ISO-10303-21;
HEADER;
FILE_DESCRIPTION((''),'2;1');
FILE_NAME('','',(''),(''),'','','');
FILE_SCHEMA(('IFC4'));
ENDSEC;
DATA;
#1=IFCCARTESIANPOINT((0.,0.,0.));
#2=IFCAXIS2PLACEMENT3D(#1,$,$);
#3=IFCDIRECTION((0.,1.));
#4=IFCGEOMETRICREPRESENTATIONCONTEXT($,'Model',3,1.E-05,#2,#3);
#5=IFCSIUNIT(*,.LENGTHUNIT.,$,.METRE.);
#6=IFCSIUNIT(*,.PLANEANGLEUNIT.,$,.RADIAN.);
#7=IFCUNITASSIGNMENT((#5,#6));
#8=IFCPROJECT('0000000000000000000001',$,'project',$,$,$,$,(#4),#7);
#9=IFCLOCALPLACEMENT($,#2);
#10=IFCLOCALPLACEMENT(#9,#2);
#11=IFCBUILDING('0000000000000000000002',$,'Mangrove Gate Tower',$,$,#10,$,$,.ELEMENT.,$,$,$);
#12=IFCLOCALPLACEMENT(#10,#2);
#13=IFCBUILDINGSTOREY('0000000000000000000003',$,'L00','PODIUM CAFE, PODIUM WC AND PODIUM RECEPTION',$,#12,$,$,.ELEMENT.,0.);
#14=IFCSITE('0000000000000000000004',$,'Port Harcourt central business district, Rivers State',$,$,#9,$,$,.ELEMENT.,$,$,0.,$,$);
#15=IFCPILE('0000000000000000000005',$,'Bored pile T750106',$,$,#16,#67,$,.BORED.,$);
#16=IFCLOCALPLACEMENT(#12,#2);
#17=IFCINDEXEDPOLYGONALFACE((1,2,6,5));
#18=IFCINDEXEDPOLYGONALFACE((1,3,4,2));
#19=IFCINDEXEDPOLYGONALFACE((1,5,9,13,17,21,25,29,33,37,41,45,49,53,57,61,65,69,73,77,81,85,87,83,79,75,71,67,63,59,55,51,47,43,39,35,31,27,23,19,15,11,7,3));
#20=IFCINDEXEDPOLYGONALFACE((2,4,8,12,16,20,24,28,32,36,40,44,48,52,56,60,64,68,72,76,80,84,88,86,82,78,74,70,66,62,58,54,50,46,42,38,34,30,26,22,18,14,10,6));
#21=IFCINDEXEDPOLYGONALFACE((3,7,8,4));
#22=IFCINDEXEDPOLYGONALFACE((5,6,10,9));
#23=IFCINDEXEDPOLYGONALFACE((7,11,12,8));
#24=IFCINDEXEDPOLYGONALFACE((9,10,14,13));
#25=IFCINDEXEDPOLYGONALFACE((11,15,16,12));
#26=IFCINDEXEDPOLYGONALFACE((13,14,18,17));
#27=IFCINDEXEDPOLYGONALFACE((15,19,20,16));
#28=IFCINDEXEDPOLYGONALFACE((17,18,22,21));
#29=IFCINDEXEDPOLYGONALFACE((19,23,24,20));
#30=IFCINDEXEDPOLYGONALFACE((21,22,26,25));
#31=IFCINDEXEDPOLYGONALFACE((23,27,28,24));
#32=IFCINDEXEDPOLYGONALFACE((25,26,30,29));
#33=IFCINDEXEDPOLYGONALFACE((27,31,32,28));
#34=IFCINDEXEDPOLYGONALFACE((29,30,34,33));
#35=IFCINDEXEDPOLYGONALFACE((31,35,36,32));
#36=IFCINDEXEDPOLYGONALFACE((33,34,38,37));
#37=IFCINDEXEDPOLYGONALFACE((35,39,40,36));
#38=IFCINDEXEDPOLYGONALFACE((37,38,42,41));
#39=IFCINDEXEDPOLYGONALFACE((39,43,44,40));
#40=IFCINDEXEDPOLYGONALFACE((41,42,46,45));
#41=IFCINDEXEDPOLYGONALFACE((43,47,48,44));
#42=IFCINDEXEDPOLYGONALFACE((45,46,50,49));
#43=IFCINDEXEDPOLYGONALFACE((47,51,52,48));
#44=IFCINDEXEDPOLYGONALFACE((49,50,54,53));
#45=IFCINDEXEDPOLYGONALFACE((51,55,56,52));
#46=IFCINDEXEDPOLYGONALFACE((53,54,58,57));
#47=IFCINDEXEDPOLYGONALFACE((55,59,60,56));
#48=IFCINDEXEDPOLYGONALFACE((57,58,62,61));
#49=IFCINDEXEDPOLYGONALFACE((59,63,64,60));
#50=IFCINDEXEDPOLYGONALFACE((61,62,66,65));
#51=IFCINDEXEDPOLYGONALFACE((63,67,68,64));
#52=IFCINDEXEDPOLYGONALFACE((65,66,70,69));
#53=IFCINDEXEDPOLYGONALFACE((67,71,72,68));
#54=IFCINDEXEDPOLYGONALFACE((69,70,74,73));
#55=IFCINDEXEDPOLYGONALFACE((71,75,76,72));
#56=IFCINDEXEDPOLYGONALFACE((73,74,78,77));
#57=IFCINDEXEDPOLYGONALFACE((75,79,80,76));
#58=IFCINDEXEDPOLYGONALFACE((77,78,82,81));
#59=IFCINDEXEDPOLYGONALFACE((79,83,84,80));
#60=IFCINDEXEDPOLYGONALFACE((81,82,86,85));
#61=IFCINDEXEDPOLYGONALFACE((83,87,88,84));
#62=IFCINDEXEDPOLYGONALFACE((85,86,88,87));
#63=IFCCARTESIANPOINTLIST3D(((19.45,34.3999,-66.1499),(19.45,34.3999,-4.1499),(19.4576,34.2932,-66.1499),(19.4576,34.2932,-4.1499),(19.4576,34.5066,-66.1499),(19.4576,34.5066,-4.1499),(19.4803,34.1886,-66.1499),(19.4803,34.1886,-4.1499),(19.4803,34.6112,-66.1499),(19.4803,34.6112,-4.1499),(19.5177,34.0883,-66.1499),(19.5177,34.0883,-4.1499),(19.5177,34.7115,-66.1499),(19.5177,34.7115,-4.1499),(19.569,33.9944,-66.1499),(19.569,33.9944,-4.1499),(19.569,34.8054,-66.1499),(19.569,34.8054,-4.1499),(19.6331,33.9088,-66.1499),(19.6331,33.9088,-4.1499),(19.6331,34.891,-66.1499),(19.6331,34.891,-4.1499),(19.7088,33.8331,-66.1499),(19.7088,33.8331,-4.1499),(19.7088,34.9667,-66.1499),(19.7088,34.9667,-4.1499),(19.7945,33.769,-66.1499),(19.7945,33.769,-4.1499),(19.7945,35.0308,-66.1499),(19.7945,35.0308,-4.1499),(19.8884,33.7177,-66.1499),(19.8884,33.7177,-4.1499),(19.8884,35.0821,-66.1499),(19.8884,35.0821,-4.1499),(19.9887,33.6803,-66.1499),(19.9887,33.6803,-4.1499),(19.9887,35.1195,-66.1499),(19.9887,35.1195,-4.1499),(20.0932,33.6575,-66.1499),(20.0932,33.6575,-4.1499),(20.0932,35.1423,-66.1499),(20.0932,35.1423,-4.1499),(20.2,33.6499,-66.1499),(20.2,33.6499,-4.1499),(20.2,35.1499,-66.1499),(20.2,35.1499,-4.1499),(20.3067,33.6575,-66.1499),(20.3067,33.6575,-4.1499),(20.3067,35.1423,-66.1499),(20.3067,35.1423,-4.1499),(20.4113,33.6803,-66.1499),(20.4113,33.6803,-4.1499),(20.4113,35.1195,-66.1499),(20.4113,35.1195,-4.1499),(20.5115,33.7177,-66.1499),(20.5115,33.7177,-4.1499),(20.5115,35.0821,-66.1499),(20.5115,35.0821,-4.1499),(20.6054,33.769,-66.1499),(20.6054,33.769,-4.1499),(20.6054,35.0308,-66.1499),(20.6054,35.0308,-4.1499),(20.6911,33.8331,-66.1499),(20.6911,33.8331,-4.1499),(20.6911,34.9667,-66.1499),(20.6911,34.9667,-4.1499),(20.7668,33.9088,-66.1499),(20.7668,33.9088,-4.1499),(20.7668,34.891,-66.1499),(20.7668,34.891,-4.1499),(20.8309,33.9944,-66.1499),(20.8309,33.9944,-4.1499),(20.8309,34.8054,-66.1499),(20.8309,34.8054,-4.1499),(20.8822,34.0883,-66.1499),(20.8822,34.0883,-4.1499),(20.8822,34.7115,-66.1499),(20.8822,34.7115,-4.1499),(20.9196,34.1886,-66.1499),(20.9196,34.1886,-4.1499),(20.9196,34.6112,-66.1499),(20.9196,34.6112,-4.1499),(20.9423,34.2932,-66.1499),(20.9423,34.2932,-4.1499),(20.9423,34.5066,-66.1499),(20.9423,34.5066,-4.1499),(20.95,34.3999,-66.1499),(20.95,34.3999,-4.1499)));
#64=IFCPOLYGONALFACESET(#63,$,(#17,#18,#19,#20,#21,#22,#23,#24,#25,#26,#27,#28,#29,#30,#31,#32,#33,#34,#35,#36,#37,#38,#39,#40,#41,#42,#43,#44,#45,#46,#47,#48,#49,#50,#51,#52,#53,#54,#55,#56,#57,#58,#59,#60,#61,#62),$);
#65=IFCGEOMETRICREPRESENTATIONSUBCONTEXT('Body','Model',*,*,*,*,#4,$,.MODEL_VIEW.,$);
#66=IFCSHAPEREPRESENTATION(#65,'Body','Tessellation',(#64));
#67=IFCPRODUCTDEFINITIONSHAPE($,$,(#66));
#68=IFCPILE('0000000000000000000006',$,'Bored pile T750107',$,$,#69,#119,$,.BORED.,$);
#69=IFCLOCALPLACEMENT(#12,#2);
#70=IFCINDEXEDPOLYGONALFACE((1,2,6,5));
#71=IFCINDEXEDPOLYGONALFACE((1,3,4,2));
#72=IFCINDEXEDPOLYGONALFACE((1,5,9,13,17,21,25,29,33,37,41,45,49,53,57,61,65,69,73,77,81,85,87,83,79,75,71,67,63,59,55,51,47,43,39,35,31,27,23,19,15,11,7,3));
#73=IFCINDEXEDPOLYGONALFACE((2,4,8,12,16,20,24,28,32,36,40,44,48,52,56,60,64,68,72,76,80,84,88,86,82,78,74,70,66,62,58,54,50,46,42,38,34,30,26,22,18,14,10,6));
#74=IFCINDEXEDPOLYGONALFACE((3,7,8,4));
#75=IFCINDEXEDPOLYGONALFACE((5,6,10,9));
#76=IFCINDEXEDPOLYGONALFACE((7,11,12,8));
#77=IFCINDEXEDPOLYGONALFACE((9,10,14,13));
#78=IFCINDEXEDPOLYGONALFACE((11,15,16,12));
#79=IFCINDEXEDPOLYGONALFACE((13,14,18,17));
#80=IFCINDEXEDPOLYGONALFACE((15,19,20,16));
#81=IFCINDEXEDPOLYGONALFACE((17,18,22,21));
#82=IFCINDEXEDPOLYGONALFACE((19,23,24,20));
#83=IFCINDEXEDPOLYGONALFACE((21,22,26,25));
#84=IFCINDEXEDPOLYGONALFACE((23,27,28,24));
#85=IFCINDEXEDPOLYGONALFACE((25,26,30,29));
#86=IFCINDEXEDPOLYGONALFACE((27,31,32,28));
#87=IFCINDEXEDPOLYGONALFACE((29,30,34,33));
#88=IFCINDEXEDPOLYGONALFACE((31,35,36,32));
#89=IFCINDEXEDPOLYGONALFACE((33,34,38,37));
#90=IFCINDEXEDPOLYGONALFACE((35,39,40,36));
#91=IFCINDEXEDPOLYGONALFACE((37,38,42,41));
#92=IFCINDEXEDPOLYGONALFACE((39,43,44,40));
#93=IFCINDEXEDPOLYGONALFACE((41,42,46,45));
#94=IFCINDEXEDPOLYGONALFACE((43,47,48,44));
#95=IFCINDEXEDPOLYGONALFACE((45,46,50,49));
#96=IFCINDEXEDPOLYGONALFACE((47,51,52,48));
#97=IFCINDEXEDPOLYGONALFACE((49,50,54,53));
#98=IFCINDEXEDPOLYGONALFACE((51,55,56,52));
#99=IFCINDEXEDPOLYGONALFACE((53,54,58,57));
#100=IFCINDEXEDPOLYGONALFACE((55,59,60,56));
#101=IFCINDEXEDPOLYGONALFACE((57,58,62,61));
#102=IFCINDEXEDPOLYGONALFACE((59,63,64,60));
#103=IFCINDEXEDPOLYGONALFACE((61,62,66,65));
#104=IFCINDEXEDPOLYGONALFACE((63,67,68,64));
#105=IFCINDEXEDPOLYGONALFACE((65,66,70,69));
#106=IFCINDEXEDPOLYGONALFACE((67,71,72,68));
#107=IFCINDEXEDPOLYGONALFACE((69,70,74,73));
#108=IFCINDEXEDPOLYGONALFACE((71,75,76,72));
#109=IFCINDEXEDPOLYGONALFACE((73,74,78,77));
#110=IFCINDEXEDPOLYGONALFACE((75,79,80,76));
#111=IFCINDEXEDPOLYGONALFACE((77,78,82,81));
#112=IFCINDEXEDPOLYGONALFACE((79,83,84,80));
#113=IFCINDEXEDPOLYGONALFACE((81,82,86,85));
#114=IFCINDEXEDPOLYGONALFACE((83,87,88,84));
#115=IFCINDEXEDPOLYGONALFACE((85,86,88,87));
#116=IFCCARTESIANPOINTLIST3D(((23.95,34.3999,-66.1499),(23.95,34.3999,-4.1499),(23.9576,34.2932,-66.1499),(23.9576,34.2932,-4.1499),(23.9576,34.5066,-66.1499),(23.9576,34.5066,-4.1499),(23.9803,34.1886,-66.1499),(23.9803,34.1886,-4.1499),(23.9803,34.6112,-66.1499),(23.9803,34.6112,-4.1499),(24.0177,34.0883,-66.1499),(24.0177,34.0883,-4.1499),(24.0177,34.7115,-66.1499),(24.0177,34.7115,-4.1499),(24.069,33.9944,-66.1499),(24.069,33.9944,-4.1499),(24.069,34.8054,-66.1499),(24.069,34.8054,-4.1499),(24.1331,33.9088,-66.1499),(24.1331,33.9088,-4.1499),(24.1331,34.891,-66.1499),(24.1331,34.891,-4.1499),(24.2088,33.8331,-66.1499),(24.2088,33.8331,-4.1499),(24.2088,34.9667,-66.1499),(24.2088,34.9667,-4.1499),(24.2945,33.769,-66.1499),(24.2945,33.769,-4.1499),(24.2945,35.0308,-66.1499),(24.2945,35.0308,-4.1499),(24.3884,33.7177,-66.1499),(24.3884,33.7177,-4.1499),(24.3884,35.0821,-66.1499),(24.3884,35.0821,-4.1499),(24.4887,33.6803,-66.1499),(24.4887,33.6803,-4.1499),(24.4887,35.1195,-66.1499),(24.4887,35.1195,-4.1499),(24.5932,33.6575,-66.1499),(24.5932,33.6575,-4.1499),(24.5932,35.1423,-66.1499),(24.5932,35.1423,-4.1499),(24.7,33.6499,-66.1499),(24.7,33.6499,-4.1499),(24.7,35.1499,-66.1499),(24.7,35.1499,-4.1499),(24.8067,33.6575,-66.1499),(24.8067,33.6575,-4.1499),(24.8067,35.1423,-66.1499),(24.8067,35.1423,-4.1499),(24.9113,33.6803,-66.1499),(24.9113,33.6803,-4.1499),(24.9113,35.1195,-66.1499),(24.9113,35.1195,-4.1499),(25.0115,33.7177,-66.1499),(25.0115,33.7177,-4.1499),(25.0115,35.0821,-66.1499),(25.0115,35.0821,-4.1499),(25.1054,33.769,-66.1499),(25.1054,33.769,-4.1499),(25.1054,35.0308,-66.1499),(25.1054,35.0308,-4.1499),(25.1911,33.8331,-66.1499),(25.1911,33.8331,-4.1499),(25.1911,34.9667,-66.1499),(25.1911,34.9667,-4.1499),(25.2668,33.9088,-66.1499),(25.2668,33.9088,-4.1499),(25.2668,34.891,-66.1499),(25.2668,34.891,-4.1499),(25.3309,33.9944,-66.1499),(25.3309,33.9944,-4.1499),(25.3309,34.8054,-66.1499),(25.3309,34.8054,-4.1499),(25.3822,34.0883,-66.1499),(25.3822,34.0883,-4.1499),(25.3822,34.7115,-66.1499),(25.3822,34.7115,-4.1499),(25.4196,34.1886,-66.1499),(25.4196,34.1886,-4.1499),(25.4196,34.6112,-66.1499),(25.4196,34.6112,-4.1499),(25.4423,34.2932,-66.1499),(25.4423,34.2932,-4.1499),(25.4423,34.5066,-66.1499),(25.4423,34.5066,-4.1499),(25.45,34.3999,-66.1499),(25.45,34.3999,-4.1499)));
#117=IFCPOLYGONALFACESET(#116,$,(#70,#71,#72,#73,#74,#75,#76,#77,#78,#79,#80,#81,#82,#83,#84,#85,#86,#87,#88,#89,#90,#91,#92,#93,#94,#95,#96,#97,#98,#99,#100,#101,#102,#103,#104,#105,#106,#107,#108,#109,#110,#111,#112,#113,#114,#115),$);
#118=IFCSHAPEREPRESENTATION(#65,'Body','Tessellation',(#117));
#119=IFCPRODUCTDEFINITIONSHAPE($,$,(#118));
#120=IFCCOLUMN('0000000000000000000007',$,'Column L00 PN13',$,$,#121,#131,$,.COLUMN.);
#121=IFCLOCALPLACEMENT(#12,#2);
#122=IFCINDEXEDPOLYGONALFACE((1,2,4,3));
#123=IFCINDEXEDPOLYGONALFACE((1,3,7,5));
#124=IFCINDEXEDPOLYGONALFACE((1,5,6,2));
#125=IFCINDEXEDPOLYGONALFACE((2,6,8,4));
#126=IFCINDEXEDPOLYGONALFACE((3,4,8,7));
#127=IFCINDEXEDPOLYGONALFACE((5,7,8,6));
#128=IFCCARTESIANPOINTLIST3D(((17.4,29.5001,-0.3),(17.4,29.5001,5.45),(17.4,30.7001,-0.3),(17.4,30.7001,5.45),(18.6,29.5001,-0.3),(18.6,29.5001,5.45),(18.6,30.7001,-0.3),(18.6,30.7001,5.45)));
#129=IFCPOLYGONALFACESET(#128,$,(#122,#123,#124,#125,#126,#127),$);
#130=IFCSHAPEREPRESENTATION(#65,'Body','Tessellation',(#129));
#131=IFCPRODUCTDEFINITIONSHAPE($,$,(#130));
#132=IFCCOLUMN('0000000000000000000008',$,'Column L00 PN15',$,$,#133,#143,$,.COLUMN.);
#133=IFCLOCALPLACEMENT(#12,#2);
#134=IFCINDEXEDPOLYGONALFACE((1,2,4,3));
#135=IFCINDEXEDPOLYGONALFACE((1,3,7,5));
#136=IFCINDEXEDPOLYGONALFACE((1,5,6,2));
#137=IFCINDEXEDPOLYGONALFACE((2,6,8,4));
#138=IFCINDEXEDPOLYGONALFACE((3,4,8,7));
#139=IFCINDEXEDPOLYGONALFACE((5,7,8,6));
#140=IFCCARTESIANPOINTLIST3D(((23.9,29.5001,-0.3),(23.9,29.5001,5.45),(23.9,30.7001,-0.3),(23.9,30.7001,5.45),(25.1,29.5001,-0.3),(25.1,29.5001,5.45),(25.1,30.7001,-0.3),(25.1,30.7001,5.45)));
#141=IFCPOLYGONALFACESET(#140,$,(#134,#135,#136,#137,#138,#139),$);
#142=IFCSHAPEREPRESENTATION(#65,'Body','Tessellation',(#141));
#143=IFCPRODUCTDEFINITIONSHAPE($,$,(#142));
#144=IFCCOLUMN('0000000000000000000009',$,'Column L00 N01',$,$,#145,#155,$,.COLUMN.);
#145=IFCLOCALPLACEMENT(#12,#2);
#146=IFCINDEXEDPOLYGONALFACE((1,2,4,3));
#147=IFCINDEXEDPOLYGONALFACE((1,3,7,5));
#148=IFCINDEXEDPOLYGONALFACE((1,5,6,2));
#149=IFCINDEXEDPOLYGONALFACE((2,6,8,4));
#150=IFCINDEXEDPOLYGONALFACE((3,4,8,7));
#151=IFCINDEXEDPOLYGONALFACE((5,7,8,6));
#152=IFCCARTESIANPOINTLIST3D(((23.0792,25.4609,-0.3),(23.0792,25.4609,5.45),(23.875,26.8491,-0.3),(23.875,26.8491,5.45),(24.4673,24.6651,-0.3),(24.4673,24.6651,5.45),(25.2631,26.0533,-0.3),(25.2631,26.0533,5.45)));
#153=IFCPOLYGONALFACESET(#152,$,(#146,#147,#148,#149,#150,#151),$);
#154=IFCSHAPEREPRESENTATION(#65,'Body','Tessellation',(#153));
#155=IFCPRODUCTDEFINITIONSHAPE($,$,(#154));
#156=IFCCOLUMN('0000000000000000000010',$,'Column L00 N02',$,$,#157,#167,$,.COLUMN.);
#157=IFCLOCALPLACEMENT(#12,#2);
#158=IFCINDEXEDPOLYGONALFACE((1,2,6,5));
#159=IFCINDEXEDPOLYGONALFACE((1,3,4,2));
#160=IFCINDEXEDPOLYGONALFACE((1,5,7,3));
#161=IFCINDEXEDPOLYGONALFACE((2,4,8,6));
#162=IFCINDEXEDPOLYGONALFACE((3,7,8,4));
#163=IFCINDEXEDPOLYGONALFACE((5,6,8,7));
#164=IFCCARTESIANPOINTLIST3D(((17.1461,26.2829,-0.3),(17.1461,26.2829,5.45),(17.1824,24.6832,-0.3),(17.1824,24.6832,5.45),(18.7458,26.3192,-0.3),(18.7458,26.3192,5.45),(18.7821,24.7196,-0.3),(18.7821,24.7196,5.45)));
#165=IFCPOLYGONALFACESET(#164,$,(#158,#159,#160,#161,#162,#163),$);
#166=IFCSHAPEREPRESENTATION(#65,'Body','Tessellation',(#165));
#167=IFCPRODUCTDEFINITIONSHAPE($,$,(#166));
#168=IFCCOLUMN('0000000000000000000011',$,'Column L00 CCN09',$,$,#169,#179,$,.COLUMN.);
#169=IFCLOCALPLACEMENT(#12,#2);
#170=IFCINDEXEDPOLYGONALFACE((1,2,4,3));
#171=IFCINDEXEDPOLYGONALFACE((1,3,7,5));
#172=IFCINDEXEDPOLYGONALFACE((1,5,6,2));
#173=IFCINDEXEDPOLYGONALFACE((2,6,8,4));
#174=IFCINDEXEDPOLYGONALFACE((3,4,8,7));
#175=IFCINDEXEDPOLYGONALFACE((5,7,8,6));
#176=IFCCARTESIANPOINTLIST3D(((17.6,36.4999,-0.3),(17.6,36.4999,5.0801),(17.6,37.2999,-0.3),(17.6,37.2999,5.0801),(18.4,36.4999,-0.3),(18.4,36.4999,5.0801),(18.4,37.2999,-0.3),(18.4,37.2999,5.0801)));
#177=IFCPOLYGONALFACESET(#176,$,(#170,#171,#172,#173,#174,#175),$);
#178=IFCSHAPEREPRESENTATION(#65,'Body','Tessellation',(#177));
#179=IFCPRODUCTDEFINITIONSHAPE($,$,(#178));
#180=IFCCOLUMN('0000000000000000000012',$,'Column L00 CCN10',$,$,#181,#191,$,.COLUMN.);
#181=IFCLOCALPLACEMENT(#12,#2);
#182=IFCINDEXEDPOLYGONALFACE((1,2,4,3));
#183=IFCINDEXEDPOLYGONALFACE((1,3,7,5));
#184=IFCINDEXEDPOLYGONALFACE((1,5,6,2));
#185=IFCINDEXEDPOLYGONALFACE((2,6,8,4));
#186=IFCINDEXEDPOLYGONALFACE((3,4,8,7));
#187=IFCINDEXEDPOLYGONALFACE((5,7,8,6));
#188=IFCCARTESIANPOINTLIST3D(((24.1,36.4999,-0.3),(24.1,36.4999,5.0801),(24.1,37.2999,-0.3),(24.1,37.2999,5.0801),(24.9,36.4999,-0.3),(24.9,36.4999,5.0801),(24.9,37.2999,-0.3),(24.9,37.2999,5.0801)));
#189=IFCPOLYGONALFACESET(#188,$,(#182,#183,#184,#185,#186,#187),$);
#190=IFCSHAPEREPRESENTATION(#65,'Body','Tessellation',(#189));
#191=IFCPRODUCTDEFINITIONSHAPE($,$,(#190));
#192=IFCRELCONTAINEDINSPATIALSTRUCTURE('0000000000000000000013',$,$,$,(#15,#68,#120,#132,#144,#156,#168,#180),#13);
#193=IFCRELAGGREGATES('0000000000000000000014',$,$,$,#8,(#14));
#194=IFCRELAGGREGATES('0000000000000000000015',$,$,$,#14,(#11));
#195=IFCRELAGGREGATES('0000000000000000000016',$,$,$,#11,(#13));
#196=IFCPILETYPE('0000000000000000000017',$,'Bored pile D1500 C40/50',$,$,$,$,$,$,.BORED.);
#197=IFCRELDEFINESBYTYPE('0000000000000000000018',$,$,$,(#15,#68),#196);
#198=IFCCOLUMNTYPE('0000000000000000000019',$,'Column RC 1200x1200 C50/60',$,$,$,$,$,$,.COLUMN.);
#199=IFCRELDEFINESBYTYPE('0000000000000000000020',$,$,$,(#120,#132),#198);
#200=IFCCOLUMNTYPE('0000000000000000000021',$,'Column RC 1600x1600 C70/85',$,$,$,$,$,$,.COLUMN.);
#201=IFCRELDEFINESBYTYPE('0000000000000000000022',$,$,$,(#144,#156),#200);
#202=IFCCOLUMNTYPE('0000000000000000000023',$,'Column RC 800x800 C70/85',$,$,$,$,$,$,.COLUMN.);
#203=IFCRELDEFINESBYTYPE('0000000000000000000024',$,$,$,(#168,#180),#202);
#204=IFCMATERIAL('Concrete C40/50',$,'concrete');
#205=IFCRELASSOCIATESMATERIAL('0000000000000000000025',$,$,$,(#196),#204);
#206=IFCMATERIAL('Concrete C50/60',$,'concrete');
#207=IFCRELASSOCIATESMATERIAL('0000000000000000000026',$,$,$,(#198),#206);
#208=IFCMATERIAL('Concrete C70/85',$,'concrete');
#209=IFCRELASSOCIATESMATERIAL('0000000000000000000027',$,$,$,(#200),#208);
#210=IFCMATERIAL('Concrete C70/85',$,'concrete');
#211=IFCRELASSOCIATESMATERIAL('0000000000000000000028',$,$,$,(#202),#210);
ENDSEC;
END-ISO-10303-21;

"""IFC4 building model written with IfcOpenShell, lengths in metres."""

from ifc_helpers import new_model, si_unit, direction, frame, origin, origin_2d, place, context, subcontext, project, spatial, rectangle, circle, extrude, material, material_profile, profile_set, type_object, element, save


model = new_model("IFC4")

# Units and contexts
model_context = context("Model", 3, precision=1e-05, world=origin(), true_north=direction((0.0, 1.0)))
body_context = subcontext(model_context, "Body", "Model", "MODEL_VIEW")
ifc_project = project(units=[si_unit("LENGTHUNIT", "METRE"), si_unit("PLANEANGLEUNIT", "RADIAN")], contexts=[model_context])

# Site, building, storey
site_placement = place(None, origin())
site = spatial("IfcSite", under=ifc_project, at=site_placement, Name="Port Harcourt central business district, Rivers State", CompositionType="ELEMENT", RefElevation=0.0)
building_placement = place(site_placement, origin())
building = spatial("IfcBuilding", under=site, at=building_placement, Name="Mangrove Gate Tower", CompositionType="ELEMENT")
storey_placement = place(building_placement, origin())
storey = spatial("IfcBuildingStorey", under=building, at=storey_placement, Name="L00", Description="PODIUM CAFE, PODIUM WC AND PODIUM RECEPTION", CompositionType="ELEMENT", Elevation=0.0)

# Piles
ifc_material_1 = material(Name="Concrete C40/50", Category="concrete")
ifc_material_profile_1 = material_profile(ifc_material_1, circle(Radius=0.75, at=origin_2d()))
ifc_profile_set_1 = profile_set([ifc_material_profile_1], Name="Concrete C40/50")
pile_type = type_object("IfcPileType", Name="Bored pile D1500 C40/50", PredefinedType="BORED", material=ifc_profile_set_1)
for number, where, z_axis, x_axis, name in (
    (1, (20.2, 34.3999, -4.1499), (0.0, 0.0, -1.0), (1.0, 0.0, 0.0), "Bored pile T750106"),
    (2, (24.7, 34.3999, -4.1499), (0.0, 0.0, -1.0), (1.0, 0.0, 0.0), "Bored pile T750107"),
):
    element("IfcPile", number, at=place(storey_placement, frame(where, z_axis=z_axis, x_axis=x_axis)), inside=storey, type_object=pile_type, Name=name, PredefinedType="BORED", context=body_context, shape_type="SweptSolid", body=[
        extrude(circle(Radius=0.75, at=origin_2d()), origin(), (0.0, 0.0, 1.0), 62.0),
    ])

# Columns
ifc_material_2 = material(Name="Concrete C50/60", Category="concrete")
ifc_material_profile_2 = material_profile(ifc_material_2, rectangle(XDim=1.2, YDim=1.2, at=origin_2d()))
ifc_profile_set_2 = profile_set([ifc_material_profile_2], Name="Concrete C50/60")
column_type_1 = type_object("IfcColumnType", Name="Column RC 1200x1200 C50/60", PredefinedType="COLUMN", material=ifc_profile_set_2)
for number, where, z_axis, x_axis, name in (
    (3, (18.0, 30.1001, -0.3), (0.0, 0.0, 1.0), (1.0, 0.0, 0.0), "Column L00 PN13"),
    (4, (24.5, 30.1001, -0.3), (0.0, 0.0, 1.0), (1.0, 0.0, 0.0), "Column L00 PN15"),
):
    element("IfcColumn", number, at=place(storey_placement, frame(where, z_axis=z_axis, x_axis=x_axis)), inside=storey, type_object=column_type_1, Name=name, PredefinedType="COLUMN", context=body_context, shape_type="SweptSolid", body=[
        extrude(rectangle(XDim=1.2, YDim=1.2, at=origin_2d()), origin(), (0.0, 0.0, 1.0), 5.75),
    ])
ifc_material_3 = material(Name="Concrete C70/85", Category="concrete")
ifc_material_profile_3 = material_profile(ifc_material_3, rectangle(XDim=1.6001, YDim=1.6001, at=origin_2d()))
ifc_profile_set_3 = profile_set([ifc_material_profile_3], Name="Concrete C70/85")
column_type_2 = type_object("IfcColumnType", Name="Column RC 1600x1600 C70/85", PredefinedType="COLUMN", material=ifc_profile_set_3)
for number, where, z_axis, x_axis, name in (
    (5, (24.1711, 25.7571, -0.3), (0.0, 0.0, 1.0), (-0.867551, 0.497349, 0.0), "Column L00 N01"),
    (6, (17.9641, 25.5012, -0.3), (0.0, 0.0, 1.0), (-0.999742, -0.022718, 0.0), "Column L00 N02"),
):
    element("IfcColumn", number, at=place(storey_placement, frame(where, z_axis=z_axis, x_axis=x_axis)), inside=storey, type_object=column_type_2, Name=name, PredefinedType="COLUMN", context=body_context, shape_type="SweptSolid", body=[
        extrude(rectangle(XDim=1.6001, YDim=1.6001, at=origin_2d()), origin(), (0.0, 0.0, 1.0), 5.75),
    ])
ifc_material_4 = material(Name="Concrete C70/85", Category="concrete")
ifc_material_profile_4 = material_profile(ifc_material_4, rectangle(XDim=0.8, YDim=0.8, at=origin_2d()))
ifc_profile_set_4 = profile_set([ifc_material_profile_4], Name="Concrete C70/85")
column_type_3 = type_object("IfcColumnType", Name="Column RC 800x800 C70/85", PredefinedType="COLUMN", material=ifc_profile_set_4)
for number, where, z_axis, x_axis, name in (
    (7, (18.0, 36.8999, -0.3), (0.0, 0.0, 1.0), (1.0, 0.0, 0.0), "Column L00 CCN09"),
    (8, (24.5, 36.8999, -0.3), (0.0, 0.0, 1.0), (1.0, 0.0, 0.0), "Column L00 CCN10"),
):
    element("IfcColumn", number, at=place(storey_placement, frame(where, z_axis=z_axis, x_axis=x_axis)), inside=storey, type_object=column_type_3, Name=name, PredefinedType="COLUMN", context=body_context, shape_type="SweptSolid", body=[
        extrude(rectangle(XDim=0.8, YDim=0.8, at=origin_2d()), origin(), (0.0, 0.0, 1.0), 5.3801),
    ])

save(model, "model.ifc")
